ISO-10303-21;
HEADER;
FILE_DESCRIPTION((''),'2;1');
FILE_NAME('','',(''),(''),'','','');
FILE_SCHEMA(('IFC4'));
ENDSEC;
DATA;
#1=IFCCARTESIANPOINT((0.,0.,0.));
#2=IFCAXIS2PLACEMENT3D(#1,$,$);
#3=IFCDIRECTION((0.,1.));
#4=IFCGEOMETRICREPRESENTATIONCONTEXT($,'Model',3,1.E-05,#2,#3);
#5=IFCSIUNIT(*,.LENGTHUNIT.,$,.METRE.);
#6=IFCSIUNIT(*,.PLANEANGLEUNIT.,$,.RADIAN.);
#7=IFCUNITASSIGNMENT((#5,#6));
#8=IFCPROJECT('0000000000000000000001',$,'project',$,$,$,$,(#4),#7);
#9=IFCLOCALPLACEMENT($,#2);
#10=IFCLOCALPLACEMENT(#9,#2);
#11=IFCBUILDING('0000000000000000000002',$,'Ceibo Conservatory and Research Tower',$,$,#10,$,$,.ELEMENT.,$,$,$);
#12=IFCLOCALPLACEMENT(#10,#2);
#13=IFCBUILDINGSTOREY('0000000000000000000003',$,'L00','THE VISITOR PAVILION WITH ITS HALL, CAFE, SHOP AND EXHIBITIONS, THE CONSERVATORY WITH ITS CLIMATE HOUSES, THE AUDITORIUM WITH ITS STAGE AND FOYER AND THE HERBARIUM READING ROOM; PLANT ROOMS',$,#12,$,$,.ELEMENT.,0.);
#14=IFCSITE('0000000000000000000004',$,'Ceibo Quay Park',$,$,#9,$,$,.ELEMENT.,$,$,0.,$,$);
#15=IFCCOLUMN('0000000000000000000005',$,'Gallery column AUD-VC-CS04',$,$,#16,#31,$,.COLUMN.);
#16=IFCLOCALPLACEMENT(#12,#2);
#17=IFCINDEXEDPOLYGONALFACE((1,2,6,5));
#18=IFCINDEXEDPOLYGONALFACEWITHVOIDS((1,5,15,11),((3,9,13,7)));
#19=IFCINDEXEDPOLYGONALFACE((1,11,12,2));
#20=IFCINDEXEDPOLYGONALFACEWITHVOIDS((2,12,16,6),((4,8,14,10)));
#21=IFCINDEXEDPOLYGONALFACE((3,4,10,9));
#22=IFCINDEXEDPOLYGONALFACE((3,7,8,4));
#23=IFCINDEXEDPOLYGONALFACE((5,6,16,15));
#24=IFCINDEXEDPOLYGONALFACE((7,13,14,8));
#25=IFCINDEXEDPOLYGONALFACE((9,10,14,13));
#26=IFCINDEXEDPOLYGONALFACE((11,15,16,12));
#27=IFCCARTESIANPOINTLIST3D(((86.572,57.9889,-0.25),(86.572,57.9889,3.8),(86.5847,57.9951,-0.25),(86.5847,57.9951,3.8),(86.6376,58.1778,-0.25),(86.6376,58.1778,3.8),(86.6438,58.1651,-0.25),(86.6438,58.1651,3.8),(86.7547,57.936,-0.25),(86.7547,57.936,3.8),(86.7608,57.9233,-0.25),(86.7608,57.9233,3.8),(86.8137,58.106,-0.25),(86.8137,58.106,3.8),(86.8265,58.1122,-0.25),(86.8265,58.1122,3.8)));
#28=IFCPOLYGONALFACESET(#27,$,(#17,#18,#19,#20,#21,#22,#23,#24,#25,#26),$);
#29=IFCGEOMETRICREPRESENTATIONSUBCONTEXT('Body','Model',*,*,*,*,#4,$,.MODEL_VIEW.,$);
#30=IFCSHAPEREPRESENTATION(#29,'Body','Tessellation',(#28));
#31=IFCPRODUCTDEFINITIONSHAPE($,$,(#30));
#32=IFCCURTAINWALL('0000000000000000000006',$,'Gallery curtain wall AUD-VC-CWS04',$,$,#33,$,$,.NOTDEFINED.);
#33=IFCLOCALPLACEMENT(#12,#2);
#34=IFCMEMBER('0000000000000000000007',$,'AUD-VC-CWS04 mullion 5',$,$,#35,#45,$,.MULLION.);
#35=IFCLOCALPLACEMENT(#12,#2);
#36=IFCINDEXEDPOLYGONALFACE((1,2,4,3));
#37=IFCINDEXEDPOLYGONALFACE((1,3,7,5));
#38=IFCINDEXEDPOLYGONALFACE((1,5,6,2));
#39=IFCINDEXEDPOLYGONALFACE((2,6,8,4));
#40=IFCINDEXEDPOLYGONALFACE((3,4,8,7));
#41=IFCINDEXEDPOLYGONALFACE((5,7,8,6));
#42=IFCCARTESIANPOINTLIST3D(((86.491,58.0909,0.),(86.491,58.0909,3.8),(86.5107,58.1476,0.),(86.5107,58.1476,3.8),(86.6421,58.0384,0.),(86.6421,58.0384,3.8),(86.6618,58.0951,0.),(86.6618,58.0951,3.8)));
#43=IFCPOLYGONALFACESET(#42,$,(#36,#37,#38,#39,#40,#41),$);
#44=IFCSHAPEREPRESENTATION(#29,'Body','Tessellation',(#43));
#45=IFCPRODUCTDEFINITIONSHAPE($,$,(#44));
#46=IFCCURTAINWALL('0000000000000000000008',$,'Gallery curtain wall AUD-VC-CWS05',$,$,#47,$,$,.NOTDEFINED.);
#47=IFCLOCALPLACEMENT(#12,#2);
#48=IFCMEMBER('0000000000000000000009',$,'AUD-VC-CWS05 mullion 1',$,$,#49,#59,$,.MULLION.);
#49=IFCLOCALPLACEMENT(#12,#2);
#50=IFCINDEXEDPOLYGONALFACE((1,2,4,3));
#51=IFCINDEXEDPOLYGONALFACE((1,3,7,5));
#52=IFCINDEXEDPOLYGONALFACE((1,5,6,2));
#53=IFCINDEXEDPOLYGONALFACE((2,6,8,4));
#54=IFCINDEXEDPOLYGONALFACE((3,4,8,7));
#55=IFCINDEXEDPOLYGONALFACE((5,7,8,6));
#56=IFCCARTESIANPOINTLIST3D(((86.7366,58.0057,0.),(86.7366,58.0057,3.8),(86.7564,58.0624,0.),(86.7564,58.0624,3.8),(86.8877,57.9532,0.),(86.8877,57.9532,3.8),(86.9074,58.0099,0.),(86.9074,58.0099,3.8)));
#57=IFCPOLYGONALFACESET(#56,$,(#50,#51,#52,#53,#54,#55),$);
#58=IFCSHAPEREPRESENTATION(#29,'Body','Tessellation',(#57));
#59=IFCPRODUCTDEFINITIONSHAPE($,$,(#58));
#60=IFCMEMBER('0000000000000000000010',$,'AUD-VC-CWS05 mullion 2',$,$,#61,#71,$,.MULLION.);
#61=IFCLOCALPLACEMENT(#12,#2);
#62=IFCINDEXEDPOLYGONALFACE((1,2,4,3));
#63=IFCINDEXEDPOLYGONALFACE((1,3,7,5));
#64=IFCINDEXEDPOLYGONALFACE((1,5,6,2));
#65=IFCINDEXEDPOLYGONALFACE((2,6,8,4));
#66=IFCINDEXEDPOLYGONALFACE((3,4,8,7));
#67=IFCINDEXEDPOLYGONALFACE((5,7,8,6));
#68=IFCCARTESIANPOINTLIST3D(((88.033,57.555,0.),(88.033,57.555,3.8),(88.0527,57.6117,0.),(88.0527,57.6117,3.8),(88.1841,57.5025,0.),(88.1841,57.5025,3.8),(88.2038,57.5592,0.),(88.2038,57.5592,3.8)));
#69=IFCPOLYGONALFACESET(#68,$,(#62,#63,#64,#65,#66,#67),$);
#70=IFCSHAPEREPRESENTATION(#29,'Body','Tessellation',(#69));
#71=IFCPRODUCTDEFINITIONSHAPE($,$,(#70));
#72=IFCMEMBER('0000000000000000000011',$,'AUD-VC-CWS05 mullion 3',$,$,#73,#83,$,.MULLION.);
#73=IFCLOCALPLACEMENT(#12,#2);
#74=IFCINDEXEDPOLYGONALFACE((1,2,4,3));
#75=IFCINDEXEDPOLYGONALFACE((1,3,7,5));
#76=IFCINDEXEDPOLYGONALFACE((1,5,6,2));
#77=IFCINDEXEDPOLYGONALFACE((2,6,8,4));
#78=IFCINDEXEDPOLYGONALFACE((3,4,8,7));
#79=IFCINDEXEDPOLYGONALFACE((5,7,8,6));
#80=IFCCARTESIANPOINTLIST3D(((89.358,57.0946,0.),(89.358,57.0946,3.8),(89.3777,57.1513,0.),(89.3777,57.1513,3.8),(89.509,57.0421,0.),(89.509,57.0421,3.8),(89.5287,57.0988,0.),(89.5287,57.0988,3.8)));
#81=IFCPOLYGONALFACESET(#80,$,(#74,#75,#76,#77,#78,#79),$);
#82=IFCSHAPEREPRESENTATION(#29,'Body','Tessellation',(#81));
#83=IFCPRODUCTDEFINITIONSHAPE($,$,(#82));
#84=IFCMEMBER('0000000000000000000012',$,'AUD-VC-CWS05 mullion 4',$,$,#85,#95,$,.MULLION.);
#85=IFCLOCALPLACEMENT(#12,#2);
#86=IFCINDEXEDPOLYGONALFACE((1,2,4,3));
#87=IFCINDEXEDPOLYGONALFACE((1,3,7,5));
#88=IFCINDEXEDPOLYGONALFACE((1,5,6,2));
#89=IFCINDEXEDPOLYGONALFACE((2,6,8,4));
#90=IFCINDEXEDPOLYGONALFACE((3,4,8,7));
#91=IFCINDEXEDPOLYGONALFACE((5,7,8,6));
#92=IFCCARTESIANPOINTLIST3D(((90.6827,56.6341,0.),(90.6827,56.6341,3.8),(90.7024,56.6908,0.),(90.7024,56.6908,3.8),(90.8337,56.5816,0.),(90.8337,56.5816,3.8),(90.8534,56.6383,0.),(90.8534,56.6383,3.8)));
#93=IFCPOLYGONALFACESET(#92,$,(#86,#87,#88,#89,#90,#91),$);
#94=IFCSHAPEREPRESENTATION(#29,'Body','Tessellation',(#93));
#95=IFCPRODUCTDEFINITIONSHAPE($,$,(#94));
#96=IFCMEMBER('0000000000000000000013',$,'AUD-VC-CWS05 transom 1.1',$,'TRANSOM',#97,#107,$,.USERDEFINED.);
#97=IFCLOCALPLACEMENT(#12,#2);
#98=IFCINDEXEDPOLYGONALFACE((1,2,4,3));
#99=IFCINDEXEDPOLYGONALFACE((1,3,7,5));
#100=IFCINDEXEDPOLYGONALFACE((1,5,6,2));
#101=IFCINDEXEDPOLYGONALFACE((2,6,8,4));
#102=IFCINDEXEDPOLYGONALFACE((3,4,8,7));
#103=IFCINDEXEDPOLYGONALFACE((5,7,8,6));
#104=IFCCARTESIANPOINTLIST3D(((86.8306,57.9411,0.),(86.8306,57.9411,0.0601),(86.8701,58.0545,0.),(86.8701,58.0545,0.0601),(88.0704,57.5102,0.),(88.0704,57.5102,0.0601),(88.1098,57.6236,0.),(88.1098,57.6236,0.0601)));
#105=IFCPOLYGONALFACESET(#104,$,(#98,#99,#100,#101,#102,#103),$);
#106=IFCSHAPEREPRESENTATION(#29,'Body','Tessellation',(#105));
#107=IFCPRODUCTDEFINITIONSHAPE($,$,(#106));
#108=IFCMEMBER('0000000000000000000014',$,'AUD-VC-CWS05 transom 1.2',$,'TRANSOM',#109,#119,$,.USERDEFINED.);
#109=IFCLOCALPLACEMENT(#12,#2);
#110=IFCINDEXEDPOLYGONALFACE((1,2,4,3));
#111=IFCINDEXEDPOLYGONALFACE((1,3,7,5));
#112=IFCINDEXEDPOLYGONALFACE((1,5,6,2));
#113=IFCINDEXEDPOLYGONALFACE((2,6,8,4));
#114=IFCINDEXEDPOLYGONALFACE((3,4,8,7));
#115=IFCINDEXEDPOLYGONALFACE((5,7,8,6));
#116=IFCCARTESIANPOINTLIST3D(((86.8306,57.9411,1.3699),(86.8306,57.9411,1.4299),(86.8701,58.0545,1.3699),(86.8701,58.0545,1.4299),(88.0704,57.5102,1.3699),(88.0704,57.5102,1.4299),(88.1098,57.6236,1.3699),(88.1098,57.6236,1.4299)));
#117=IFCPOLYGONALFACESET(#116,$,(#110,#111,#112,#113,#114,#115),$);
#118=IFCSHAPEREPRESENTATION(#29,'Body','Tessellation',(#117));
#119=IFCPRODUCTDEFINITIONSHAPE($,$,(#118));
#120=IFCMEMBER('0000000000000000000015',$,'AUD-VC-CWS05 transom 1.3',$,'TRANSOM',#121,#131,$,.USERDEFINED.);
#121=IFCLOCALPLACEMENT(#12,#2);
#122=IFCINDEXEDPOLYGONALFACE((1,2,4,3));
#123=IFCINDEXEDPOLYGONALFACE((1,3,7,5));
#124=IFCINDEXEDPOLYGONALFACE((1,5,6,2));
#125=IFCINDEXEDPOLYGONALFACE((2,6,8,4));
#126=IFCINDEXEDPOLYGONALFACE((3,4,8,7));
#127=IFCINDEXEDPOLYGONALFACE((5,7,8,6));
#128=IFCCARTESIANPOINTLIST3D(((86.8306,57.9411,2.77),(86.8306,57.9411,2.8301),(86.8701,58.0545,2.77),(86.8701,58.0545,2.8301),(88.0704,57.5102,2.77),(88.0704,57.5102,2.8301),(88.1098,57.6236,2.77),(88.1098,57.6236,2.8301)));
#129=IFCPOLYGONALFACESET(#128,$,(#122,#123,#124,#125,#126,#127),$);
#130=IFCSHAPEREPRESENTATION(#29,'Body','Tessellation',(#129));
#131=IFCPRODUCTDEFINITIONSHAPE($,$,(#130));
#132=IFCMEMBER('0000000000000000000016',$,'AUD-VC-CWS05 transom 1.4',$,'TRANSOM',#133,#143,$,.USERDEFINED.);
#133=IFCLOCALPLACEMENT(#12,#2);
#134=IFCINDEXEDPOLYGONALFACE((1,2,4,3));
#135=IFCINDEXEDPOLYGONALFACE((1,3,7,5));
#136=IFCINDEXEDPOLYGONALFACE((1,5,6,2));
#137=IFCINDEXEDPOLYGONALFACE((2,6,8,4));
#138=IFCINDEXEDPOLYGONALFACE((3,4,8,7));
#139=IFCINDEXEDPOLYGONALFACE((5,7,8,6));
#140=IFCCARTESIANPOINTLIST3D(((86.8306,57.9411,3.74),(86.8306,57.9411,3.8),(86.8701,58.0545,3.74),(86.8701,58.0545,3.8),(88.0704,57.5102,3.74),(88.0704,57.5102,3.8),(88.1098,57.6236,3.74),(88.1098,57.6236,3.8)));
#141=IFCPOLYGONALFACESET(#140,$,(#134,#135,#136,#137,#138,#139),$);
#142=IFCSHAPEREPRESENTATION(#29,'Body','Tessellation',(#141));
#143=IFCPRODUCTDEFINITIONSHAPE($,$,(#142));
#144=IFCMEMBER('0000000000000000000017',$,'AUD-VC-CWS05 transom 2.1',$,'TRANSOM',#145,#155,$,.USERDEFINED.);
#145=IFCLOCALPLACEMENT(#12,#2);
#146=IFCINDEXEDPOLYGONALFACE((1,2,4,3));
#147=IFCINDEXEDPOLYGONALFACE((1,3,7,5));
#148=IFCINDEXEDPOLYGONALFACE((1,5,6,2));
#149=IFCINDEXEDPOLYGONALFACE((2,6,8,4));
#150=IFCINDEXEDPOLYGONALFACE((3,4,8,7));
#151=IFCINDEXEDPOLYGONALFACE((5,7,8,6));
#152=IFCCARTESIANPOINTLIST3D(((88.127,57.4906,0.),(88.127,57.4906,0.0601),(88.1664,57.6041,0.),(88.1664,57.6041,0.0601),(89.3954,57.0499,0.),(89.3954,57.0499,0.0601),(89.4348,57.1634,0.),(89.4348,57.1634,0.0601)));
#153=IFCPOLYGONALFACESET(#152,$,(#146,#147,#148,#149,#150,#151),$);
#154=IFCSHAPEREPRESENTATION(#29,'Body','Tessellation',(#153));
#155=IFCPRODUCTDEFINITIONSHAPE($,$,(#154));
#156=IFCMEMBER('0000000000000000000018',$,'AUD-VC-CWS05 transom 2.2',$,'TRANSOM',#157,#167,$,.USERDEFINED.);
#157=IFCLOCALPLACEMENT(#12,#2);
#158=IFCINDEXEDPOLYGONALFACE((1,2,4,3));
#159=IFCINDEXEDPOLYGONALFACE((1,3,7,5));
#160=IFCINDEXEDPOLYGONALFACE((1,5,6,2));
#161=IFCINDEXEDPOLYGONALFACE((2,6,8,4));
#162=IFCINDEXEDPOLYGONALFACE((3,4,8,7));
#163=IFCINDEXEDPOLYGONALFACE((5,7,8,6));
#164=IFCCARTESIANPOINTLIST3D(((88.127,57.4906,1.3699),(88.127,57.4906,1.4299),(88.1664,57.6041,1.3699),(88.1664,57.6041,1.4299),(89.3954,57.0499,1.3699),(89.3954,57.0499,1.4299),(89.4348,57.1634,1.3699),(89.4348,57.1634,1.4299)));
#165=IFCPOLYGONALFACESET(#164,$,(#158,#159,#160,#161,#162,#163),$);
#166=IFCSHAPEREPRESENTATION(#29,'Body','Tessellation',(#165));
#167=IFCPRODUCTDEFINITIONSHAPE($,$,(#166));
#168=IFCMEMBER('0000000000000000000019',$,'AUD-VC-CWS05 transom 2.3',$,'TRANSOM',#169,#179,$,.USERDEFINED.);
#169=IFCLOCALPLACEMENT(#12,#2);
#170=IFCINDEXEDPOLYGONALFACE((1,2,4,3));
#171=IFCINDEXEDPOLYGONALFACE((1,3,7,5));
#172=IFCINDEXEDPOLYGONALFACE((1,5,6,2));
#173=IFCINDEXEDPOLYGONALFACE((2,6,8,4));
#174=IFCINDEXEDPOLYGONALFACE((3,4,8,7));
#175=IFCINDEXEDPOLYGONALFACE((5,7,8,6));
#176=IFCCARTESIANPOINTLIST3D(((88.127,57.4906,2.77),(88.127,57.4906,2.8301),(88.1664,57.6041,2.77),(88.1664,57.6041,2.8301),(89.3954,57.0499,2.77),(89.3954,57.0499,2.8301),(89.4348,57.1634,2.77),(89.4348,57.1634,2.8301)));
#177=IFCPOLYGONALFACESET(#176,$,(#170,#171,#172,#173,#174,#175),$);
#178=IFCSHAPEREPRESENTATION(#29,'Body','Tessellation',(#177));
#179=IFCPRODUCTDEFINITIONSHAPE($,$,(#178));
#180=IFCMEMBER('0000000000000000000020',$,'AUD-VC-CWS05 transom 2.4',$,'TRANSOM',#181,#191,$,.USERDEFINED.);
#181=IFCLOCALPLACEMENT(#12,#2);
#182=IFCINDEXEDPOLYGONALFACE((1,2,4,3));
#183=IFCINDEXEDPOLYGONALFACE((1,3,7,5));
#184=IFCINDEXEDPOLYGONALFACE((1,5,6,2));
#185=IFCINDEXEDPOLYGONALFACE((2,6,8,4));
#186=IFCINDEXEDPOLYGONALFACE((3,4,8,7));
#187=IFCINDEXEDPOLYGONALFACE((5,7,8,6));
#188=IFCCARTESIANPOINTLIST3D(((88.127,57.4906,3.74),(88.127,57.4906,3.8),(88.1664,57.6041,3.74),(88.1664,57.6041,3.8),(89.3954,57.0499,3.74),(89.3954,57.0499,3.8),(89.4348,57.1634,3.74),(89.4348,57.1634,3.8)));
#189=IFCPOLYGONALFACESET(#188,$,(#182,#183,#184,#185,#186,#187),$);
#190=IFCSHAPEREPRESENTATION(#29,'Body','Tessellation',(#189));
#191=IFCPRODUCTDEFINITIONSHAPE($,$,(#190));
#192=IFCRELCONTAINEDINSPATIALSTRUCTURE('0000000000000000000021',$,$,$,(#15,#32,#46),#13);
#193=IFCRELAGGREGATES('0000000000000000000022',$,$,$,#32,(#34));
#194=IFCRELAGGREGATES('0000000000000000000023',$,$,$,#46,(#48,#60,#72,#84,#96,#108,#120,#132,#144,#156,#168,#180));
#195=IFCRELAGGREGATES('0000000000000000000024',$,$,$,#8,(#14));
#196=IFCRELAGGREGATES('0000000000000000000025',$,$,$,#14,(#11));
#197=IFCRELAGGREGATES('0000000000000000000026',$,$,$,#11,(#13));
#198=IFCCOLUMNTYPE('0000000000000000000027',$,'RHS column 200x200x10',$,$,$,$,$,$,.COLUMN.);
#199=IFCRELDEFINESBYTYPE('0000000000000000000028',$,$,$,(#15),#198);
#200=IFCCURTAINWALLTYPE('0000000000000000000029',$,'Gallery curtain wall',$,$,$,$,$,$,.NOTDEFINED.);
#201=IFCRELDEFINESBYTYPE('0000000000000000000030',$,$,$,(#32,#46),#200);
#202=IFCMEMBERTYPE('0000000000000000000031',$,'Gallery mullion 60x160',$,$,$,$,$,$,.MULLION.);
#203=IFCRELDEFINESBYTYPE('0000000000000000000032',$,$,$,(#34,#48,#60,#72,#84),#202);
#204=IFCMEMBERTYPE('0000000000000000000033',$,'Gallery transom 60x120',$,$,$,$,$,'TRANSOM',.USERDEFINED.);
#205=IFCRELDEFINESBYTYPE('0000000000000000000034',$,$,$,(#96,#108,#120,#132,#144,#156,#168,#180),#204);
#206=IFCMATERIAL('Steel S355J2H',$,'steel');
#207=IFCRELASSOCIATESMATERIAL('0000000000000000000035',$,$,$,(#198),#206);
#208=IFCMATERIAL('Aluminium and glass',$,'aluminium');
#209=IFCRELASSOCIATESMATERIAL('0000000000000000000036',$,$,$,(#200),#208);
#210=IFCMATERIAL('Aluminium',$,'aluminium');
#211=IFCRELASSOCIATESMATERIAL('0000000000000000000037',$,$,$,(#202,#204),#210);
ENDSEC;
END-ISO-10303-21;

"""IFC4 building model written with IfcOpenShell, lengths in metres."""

from ifc_helpers import new_model, si_unit, direction, frame, origin, origin_2d, place, context, subcontext, project, spatial, rectangle, hollow_rectangle, extrude, material, material_profile, profile_set, type_object, element, aggregate, save


model = new_model("IFC4")

# Units and contexts
model_context = context("Model", 3, precision=1e-05, world=origin(), true_north=direction((0.0, 1.0)))
body_context = subcontext(model_context, "Body", "Model", "MODEL_VIEW")
ifc_project = project(units=[si_unit("LENGTHUNIT", "METRE"), si_unit("PLANEANGLEUNIT", "RADIAN")], contexts=[model_context])

# Site, building, storey
site_placement = place(None, origin())
site = spatial("IfcSite", under=ifc_project, at=site_placement, Name="Ceibo Quay Park", CompositionType="ELEMENT", RefElevation=0.0)
building_placement = place(site_placement, origin())
building = spatial("IfcBuilding", under=site, at=building_placement, Name="Ceibo Conservatory and Research Tower", CompositionType="ELEMENT")
storey_placement = place(building_placement, origin())
storey = spatial("IfcBuildingStorey", under=building, at=storey_placement, Name="L00", Description="THE VISITOR PAVILION WITH ITS HALL, CAFE, SHOP AND EXHIBITIONS, THE CONSERVATORY WITH ITS CLIMATE HOUSES, THE AUDITORIUM WITH ITS STAGE AND FOYER AND THE HERBARIUM READING ROOM; PLANT ROOMS", CompositionType="ELEMENT", Elevation=0.0)

# Column
ifc_material_1 = material(Name="Steel S355J2H", Category="steel")
ifc_material_profile_1 = material_profile(ifc_material_1, hollow_rectangle(XDim=0.2, YDim=0.2, WallThickness=0.01, at=origin_2d()), Name="RHS column 200x200x10")
ifc_profile_set_1 = profile_set([ifc_material_profile_1], Name="Steel S355J2H")
column_type = type_object("IfcColumnType", Name="RHS column 200x200x10", PredefinedType="COLUMN", material=ifc_profile_set_1)
column_placement = place(storey_placement, frame((86.6992, 58.0505, -0.25), z_axis=(0.0, 0.0, 1.0), x_axis=(0.944579, -0.328284, 0.0)))
element("IfcColumn", 1, at=column_placement, inside=storey, type_object=column_type, Name="Gallery column AUD-VC-CS04", PredefinedType="COLUMN", context=body_context, shape_type="SweptSolid", body=[
    extrude(hollow_rectangle(XDim=0.2, YDim=0.2, WallThickness=0.01, at=origin_2d()), origin(), (0.0, 0.0, 1.0), 4.05),
])

# Curtain wall, member
ifc_material_2 = material(Name="Aluminium and glass", Category="aluminium")
curtain_wall_type = type_object("IfcCurtainWallType", Name="Gallery curtain wall", PredefinedType="NOTDEFINED", material=ifc_material_2)
curtain_wall_1_placement = place(storey_placement, origin())
curtain_wall_1 = element("IfcCurtainWall", 2, at=curtain_wall_1_placement, inside=storey, type_object=curtain_wall_type, Name="Gallery curtain wall AUD-VC-CWS04", PredefinedType="NOTDEFINED")
ifc_material_3 = material(Name="Aluminium", Category="aluminium")
ifc_material_profile_2 = material_profile(ifc_material_3, rectangle(XDim=0.0601, YDim=0.1599, at=origin_2d()), Name="AL 60x160")
ifc_profile_set_2 = profile_set([ifc_material_profile_2], Name="Aluminium")
member_type_1 = type_object("IfcMemberType", Name="Gallery mullion 60x160", PredefinedType="MULLION", material=ifc_profile_set_2)
member_1_placement = place(storey_placement, frame((86.5764, 58.093, 0.0), z_axis=(0.0, 0.0, 1.0), x_axis=(0.328284, 0.944579, 0.0)))
member_1 = element("IfcMember", 3, at=member_1_placement, type_object=member_type_1, Name="AUD-VC-CWS04 mullion 5", PredefinedType="MULLION", context=body_context, shape_type="SweptSolid", body=[
    extrude(rectangle(XDim=0.0601, YDim=0.1599, at=origin_2d()), origin(), (0.0, 0.0, 1.0), 3.8),
])

# Curtain wall, members
curtain_wall_2_placement = place(storey_placement, origin())
curtain_wall_2 = element("IfcCurtainWall", 4, at=curtain_wall_2_placement, inside=storey, type_object=curtain_wall_type, Name="Gallery curtain wall AUD-VC-CWS05", PredefinedType="NOTDEFINED")
member_2_placement = place(storey_placement, frame((86.822, 58.0078, 0.0), z_axis=(0.0, 0.0, 1.0), x_axis=(0.328284, 0.944579, 0.0)))
member_2 = element("IfcMember", 5, at=member_2_placement, type_object=member_type_1, Name="AUD-VC-CWS05 mullion 1", PredefinedType="MULLION", context=body_context, shape_type="SweptSolid", body=[
    extrude(rectangle(XDim=0.0601, YDim=0.1599, at=origin_2d()), origin(), (0.0, 0.0, 1.0), 3.8),
])
member_3_placement = place(storey_placement, frame((88.1184, 57.5571, 0.0), z_axis=(0.0, 0.0, 1.0), x_axis=(0.328284, 0.944579, 0.0)))
member_3 = element("IfcMember", 6, at=member_3_placement, type_object=member_type_1, Name="AUD-VC-CWS05 mullion 2", PredefinedType="MULLION", context=body_context, shape_type="SweptSolid", body=[
    extrude(rectangle(XDim=0.0601, YDim=0.1599, at=origin_2d()), origin(), (0.0, 0.0, 1.0), 3.8),
])
member_4_placement = place(storey_placement, frame((89.4434, 57.0967, 0.0), z_axis=(0.0, 0.0, 1.0), x_axis=(0.328284, 0.944579, 0.0)))
member_4 = element("IfcMember", 7, at=member_4_placement, type_object=member_type_1, Name="AUD-VC-CWS05 mullion 3", PredefinedType="MULLION", context=body_context, shape_type="SweptSolid", body=[
    extrude(rectangle(XDim=0.0601, YDim=0.1599, at=origin_2d()), origin(), (0.0, 0.0, 1.0), 3.8),
])
member_5_placement = place(storey_placement, frame((90.7681, 56.6362, 0.0), z_axis=(0.0, 0.0, 1.0), x_axis=(0.328284, 0.944579, 0.0)))
member_5 = element("IfcMember", 8, at=member_5_placement, type_object=member_type_1, Name="AUD-VC-CWS05 mullion 4", PredefinedType="MULLION", context=body_context, shape_type="SweptSolid", body=[
    extrude(rectangle(XDim=0.0601, YDim=0.1599, at=origin_2d()), origin(), (0.0, 0.0, 1.0), 3.8),
])
ifc_material_profile_3 = material_profile(ifc_material_3, rectangle(XDim=0.1201, YDim=0.0601, at=origin_2d()), Name="AL 60x120")
ifc_profile_set_3 = profile_set([ifc_material_profile_3], Name="Aluminium")
member_type_2 = type_object("IfcMemberType", Name="Gallery transom 60x120", ElementType="TRANSOM", PredefinedType="USERDEFINED", material=ifc_profile_set_3)
member_6_placement = place(storey_placement, frame((86.8503, 57.9978, 0.03), z_axis=(0.94457, -0.328311, 0.0), x_axis=(0.328311, 0.94457, 0.0)))
member_6 = element("IfcMember", 9, at=member_6_placement, type_object=member_type_2, Name="AUD-VC-CWS05 transom 1.1", ObjectType="TRANSOM", PredefinedType="USERDEFINED", context=body_context, shape_type="SweptSolid", body=[
    extrude(rectangle(XDim=0.1201, YDim=0.0601, at=origin_2d()), origin(), (0.0, 0.0, 1.0), 1.3125),
])
member_7_placement = place(storey_placement, frame((86.8503, 57.9978, 1.3999), z_axis=(0.94457, -0.328311, 0.0), x_axis=(0.328311, 0.94457, 0.0)))
member_7 = element("IfcMember", 10, at=member_7_placement, type_object=member_type_2, Name="AUD-VC-CWS05 transom 1.2", ObjectType="TRANSOM", PredefinedType="USERDEFINED", context=body_context, shape_type="SweptSolid", body=[
    extrude(rectangle(XDim=0.1201, YDim=0.0601, at=origin_2d()), origin(), (0.0, 0.0, 1.0), 1.3125),
])
member_8_placement = place(storey_placement, frame((86.8503, 57.9978, 2.8), z_axis=(0.94457, -0.328311, 0.0), x_axis=(0.328311, 0.94457, 0.0)))
member_8 = element("IfcMember", 11, at=member_8_placement, type_object=member_type_2, Name="AUD-VC-CWS05 transom 1.3", ObjectType="TRANSOM", PredefinedType="USERDEFINED", context=body_context, shape_type="SweptSolid", body=[
    extrude(rectangle(XDim=0.1201, YDim=0.0601, at=origin_2d()), origin(), (0.0, 0.0, 1.0), 1.3125),
])
member_9_placement = place(storey_placement, frame((86.8503, 57.9978, 3.77), z_axis=(0.94457, -0.328311, 0.0), x_axis=(0.328311, 0.94457, 0.0)))
member_9 = element("IfcMember", 12, at=member_9_placement, type_object=member_type_2, Name="AUD-VC-CWS05 transom 1.4", ObjectType="TRANSOM", PredefinedType="USERDEFINED", context=body_context, shape_type="SweptSolid", body=[
    extrude(rectangle(XDim=0.1201, YDim=0.0601, at=origin_2d()), origin(), (0.0, 0.0, 1.0), 1.3125),
])
member_10_placement = place(storey_placement, frame((88.1467, 57.5474, 0.03), z_axis=(0.944607, -0.328203, 0.0), x_axis=(0.328203, 0.944607, 0.0)))
member_10 = element("IfcMember", 13, at=member_10_placement, type_object=member_type_2, Name="AUD-VC-CWS05 transom 2.1", ObjectType="TRANSOM", PredefinedType="USERDEFINED", context=body_context, shape_type="SweptSolid", body=[
    extrude(rectangle(XDim=0.1201, YDim=0.0601, at=origin_2d()), origin(), (0.0, 0.0, 1.0), 1.3428),
])
member_11_placement = place(storey_placement, frame((88.1467, 57.5474, 1.3999), z_axis=(0.944607, -0.328203, 0.0), x_axis=(0.328203, 0.944607, 0.0)))
member_11 = element("IfcMember", 14, at=member_11_placement, type_object=member_type_2, Name="AUD-VC-CWS05 transom 2.2", ObjectType="TRANSOM", PredefinedType="USERDEFINED", context=body_context, shape_type="SweptSolid", body=[
    extrude(rectangle(XDim=0.1201, YDim=0.0601, at=origin_2d()), origin(), (0.0, 0.0, 1.0), 1.3428),
])
member_12_placement = place(storey_placement, frame((88.1467, 57.5474, 2.8), z_axis=(0.944607, -0.328203, 0.0), x_axis=(0.328203, 0.944607, 0.0)))
member_12 = element("IfcMember", 15, at=member_12_placement, type_object=member_type_2, Name="AUD-VC-CWS05 transom 2.3", ObjectType="TRANSOM", PredefinedType="USERDEFINED", context=body_context, shape_type="SweptSolid", body=[
    extrude(rectangle(XDim=0.1201, YDim=0.0601, at=origin_2d()), origin(), (0.0, 0.0, 1.0), 1.3428),
])
member_13_placement = place(storey_placement, frame((88.1467, 57.5474, 3.77), z_axis=(0.944607, -0.328203, 0.0), x_axis=(0.328203, 0.944607, 0.0)))
member_13 = element("IfcMember", 16, at=member_13_placement, type_object=member_type_2, Name="AUD-VC-CWS05 transom 2.4", ObjectType="TRANSOM", PredefinedType="USERDEFINED", context=body_context, shape_type="SweptSolid", body=[
    extrude(rectangle(XDim=0.1201, YDim=0.0601, at=origin_2d()), origin(), (0.0, 0.0, 1.0), 1.3428),
])

aggregate(curtain_wall_1, [member_1])
aggregate(curtain_wall_2, [member_2, member_3, member_4, member_5, member_6, member_7, member_8, member_9, member_10, member_11, member_12, member_13])

save(model, "model.ifc")
